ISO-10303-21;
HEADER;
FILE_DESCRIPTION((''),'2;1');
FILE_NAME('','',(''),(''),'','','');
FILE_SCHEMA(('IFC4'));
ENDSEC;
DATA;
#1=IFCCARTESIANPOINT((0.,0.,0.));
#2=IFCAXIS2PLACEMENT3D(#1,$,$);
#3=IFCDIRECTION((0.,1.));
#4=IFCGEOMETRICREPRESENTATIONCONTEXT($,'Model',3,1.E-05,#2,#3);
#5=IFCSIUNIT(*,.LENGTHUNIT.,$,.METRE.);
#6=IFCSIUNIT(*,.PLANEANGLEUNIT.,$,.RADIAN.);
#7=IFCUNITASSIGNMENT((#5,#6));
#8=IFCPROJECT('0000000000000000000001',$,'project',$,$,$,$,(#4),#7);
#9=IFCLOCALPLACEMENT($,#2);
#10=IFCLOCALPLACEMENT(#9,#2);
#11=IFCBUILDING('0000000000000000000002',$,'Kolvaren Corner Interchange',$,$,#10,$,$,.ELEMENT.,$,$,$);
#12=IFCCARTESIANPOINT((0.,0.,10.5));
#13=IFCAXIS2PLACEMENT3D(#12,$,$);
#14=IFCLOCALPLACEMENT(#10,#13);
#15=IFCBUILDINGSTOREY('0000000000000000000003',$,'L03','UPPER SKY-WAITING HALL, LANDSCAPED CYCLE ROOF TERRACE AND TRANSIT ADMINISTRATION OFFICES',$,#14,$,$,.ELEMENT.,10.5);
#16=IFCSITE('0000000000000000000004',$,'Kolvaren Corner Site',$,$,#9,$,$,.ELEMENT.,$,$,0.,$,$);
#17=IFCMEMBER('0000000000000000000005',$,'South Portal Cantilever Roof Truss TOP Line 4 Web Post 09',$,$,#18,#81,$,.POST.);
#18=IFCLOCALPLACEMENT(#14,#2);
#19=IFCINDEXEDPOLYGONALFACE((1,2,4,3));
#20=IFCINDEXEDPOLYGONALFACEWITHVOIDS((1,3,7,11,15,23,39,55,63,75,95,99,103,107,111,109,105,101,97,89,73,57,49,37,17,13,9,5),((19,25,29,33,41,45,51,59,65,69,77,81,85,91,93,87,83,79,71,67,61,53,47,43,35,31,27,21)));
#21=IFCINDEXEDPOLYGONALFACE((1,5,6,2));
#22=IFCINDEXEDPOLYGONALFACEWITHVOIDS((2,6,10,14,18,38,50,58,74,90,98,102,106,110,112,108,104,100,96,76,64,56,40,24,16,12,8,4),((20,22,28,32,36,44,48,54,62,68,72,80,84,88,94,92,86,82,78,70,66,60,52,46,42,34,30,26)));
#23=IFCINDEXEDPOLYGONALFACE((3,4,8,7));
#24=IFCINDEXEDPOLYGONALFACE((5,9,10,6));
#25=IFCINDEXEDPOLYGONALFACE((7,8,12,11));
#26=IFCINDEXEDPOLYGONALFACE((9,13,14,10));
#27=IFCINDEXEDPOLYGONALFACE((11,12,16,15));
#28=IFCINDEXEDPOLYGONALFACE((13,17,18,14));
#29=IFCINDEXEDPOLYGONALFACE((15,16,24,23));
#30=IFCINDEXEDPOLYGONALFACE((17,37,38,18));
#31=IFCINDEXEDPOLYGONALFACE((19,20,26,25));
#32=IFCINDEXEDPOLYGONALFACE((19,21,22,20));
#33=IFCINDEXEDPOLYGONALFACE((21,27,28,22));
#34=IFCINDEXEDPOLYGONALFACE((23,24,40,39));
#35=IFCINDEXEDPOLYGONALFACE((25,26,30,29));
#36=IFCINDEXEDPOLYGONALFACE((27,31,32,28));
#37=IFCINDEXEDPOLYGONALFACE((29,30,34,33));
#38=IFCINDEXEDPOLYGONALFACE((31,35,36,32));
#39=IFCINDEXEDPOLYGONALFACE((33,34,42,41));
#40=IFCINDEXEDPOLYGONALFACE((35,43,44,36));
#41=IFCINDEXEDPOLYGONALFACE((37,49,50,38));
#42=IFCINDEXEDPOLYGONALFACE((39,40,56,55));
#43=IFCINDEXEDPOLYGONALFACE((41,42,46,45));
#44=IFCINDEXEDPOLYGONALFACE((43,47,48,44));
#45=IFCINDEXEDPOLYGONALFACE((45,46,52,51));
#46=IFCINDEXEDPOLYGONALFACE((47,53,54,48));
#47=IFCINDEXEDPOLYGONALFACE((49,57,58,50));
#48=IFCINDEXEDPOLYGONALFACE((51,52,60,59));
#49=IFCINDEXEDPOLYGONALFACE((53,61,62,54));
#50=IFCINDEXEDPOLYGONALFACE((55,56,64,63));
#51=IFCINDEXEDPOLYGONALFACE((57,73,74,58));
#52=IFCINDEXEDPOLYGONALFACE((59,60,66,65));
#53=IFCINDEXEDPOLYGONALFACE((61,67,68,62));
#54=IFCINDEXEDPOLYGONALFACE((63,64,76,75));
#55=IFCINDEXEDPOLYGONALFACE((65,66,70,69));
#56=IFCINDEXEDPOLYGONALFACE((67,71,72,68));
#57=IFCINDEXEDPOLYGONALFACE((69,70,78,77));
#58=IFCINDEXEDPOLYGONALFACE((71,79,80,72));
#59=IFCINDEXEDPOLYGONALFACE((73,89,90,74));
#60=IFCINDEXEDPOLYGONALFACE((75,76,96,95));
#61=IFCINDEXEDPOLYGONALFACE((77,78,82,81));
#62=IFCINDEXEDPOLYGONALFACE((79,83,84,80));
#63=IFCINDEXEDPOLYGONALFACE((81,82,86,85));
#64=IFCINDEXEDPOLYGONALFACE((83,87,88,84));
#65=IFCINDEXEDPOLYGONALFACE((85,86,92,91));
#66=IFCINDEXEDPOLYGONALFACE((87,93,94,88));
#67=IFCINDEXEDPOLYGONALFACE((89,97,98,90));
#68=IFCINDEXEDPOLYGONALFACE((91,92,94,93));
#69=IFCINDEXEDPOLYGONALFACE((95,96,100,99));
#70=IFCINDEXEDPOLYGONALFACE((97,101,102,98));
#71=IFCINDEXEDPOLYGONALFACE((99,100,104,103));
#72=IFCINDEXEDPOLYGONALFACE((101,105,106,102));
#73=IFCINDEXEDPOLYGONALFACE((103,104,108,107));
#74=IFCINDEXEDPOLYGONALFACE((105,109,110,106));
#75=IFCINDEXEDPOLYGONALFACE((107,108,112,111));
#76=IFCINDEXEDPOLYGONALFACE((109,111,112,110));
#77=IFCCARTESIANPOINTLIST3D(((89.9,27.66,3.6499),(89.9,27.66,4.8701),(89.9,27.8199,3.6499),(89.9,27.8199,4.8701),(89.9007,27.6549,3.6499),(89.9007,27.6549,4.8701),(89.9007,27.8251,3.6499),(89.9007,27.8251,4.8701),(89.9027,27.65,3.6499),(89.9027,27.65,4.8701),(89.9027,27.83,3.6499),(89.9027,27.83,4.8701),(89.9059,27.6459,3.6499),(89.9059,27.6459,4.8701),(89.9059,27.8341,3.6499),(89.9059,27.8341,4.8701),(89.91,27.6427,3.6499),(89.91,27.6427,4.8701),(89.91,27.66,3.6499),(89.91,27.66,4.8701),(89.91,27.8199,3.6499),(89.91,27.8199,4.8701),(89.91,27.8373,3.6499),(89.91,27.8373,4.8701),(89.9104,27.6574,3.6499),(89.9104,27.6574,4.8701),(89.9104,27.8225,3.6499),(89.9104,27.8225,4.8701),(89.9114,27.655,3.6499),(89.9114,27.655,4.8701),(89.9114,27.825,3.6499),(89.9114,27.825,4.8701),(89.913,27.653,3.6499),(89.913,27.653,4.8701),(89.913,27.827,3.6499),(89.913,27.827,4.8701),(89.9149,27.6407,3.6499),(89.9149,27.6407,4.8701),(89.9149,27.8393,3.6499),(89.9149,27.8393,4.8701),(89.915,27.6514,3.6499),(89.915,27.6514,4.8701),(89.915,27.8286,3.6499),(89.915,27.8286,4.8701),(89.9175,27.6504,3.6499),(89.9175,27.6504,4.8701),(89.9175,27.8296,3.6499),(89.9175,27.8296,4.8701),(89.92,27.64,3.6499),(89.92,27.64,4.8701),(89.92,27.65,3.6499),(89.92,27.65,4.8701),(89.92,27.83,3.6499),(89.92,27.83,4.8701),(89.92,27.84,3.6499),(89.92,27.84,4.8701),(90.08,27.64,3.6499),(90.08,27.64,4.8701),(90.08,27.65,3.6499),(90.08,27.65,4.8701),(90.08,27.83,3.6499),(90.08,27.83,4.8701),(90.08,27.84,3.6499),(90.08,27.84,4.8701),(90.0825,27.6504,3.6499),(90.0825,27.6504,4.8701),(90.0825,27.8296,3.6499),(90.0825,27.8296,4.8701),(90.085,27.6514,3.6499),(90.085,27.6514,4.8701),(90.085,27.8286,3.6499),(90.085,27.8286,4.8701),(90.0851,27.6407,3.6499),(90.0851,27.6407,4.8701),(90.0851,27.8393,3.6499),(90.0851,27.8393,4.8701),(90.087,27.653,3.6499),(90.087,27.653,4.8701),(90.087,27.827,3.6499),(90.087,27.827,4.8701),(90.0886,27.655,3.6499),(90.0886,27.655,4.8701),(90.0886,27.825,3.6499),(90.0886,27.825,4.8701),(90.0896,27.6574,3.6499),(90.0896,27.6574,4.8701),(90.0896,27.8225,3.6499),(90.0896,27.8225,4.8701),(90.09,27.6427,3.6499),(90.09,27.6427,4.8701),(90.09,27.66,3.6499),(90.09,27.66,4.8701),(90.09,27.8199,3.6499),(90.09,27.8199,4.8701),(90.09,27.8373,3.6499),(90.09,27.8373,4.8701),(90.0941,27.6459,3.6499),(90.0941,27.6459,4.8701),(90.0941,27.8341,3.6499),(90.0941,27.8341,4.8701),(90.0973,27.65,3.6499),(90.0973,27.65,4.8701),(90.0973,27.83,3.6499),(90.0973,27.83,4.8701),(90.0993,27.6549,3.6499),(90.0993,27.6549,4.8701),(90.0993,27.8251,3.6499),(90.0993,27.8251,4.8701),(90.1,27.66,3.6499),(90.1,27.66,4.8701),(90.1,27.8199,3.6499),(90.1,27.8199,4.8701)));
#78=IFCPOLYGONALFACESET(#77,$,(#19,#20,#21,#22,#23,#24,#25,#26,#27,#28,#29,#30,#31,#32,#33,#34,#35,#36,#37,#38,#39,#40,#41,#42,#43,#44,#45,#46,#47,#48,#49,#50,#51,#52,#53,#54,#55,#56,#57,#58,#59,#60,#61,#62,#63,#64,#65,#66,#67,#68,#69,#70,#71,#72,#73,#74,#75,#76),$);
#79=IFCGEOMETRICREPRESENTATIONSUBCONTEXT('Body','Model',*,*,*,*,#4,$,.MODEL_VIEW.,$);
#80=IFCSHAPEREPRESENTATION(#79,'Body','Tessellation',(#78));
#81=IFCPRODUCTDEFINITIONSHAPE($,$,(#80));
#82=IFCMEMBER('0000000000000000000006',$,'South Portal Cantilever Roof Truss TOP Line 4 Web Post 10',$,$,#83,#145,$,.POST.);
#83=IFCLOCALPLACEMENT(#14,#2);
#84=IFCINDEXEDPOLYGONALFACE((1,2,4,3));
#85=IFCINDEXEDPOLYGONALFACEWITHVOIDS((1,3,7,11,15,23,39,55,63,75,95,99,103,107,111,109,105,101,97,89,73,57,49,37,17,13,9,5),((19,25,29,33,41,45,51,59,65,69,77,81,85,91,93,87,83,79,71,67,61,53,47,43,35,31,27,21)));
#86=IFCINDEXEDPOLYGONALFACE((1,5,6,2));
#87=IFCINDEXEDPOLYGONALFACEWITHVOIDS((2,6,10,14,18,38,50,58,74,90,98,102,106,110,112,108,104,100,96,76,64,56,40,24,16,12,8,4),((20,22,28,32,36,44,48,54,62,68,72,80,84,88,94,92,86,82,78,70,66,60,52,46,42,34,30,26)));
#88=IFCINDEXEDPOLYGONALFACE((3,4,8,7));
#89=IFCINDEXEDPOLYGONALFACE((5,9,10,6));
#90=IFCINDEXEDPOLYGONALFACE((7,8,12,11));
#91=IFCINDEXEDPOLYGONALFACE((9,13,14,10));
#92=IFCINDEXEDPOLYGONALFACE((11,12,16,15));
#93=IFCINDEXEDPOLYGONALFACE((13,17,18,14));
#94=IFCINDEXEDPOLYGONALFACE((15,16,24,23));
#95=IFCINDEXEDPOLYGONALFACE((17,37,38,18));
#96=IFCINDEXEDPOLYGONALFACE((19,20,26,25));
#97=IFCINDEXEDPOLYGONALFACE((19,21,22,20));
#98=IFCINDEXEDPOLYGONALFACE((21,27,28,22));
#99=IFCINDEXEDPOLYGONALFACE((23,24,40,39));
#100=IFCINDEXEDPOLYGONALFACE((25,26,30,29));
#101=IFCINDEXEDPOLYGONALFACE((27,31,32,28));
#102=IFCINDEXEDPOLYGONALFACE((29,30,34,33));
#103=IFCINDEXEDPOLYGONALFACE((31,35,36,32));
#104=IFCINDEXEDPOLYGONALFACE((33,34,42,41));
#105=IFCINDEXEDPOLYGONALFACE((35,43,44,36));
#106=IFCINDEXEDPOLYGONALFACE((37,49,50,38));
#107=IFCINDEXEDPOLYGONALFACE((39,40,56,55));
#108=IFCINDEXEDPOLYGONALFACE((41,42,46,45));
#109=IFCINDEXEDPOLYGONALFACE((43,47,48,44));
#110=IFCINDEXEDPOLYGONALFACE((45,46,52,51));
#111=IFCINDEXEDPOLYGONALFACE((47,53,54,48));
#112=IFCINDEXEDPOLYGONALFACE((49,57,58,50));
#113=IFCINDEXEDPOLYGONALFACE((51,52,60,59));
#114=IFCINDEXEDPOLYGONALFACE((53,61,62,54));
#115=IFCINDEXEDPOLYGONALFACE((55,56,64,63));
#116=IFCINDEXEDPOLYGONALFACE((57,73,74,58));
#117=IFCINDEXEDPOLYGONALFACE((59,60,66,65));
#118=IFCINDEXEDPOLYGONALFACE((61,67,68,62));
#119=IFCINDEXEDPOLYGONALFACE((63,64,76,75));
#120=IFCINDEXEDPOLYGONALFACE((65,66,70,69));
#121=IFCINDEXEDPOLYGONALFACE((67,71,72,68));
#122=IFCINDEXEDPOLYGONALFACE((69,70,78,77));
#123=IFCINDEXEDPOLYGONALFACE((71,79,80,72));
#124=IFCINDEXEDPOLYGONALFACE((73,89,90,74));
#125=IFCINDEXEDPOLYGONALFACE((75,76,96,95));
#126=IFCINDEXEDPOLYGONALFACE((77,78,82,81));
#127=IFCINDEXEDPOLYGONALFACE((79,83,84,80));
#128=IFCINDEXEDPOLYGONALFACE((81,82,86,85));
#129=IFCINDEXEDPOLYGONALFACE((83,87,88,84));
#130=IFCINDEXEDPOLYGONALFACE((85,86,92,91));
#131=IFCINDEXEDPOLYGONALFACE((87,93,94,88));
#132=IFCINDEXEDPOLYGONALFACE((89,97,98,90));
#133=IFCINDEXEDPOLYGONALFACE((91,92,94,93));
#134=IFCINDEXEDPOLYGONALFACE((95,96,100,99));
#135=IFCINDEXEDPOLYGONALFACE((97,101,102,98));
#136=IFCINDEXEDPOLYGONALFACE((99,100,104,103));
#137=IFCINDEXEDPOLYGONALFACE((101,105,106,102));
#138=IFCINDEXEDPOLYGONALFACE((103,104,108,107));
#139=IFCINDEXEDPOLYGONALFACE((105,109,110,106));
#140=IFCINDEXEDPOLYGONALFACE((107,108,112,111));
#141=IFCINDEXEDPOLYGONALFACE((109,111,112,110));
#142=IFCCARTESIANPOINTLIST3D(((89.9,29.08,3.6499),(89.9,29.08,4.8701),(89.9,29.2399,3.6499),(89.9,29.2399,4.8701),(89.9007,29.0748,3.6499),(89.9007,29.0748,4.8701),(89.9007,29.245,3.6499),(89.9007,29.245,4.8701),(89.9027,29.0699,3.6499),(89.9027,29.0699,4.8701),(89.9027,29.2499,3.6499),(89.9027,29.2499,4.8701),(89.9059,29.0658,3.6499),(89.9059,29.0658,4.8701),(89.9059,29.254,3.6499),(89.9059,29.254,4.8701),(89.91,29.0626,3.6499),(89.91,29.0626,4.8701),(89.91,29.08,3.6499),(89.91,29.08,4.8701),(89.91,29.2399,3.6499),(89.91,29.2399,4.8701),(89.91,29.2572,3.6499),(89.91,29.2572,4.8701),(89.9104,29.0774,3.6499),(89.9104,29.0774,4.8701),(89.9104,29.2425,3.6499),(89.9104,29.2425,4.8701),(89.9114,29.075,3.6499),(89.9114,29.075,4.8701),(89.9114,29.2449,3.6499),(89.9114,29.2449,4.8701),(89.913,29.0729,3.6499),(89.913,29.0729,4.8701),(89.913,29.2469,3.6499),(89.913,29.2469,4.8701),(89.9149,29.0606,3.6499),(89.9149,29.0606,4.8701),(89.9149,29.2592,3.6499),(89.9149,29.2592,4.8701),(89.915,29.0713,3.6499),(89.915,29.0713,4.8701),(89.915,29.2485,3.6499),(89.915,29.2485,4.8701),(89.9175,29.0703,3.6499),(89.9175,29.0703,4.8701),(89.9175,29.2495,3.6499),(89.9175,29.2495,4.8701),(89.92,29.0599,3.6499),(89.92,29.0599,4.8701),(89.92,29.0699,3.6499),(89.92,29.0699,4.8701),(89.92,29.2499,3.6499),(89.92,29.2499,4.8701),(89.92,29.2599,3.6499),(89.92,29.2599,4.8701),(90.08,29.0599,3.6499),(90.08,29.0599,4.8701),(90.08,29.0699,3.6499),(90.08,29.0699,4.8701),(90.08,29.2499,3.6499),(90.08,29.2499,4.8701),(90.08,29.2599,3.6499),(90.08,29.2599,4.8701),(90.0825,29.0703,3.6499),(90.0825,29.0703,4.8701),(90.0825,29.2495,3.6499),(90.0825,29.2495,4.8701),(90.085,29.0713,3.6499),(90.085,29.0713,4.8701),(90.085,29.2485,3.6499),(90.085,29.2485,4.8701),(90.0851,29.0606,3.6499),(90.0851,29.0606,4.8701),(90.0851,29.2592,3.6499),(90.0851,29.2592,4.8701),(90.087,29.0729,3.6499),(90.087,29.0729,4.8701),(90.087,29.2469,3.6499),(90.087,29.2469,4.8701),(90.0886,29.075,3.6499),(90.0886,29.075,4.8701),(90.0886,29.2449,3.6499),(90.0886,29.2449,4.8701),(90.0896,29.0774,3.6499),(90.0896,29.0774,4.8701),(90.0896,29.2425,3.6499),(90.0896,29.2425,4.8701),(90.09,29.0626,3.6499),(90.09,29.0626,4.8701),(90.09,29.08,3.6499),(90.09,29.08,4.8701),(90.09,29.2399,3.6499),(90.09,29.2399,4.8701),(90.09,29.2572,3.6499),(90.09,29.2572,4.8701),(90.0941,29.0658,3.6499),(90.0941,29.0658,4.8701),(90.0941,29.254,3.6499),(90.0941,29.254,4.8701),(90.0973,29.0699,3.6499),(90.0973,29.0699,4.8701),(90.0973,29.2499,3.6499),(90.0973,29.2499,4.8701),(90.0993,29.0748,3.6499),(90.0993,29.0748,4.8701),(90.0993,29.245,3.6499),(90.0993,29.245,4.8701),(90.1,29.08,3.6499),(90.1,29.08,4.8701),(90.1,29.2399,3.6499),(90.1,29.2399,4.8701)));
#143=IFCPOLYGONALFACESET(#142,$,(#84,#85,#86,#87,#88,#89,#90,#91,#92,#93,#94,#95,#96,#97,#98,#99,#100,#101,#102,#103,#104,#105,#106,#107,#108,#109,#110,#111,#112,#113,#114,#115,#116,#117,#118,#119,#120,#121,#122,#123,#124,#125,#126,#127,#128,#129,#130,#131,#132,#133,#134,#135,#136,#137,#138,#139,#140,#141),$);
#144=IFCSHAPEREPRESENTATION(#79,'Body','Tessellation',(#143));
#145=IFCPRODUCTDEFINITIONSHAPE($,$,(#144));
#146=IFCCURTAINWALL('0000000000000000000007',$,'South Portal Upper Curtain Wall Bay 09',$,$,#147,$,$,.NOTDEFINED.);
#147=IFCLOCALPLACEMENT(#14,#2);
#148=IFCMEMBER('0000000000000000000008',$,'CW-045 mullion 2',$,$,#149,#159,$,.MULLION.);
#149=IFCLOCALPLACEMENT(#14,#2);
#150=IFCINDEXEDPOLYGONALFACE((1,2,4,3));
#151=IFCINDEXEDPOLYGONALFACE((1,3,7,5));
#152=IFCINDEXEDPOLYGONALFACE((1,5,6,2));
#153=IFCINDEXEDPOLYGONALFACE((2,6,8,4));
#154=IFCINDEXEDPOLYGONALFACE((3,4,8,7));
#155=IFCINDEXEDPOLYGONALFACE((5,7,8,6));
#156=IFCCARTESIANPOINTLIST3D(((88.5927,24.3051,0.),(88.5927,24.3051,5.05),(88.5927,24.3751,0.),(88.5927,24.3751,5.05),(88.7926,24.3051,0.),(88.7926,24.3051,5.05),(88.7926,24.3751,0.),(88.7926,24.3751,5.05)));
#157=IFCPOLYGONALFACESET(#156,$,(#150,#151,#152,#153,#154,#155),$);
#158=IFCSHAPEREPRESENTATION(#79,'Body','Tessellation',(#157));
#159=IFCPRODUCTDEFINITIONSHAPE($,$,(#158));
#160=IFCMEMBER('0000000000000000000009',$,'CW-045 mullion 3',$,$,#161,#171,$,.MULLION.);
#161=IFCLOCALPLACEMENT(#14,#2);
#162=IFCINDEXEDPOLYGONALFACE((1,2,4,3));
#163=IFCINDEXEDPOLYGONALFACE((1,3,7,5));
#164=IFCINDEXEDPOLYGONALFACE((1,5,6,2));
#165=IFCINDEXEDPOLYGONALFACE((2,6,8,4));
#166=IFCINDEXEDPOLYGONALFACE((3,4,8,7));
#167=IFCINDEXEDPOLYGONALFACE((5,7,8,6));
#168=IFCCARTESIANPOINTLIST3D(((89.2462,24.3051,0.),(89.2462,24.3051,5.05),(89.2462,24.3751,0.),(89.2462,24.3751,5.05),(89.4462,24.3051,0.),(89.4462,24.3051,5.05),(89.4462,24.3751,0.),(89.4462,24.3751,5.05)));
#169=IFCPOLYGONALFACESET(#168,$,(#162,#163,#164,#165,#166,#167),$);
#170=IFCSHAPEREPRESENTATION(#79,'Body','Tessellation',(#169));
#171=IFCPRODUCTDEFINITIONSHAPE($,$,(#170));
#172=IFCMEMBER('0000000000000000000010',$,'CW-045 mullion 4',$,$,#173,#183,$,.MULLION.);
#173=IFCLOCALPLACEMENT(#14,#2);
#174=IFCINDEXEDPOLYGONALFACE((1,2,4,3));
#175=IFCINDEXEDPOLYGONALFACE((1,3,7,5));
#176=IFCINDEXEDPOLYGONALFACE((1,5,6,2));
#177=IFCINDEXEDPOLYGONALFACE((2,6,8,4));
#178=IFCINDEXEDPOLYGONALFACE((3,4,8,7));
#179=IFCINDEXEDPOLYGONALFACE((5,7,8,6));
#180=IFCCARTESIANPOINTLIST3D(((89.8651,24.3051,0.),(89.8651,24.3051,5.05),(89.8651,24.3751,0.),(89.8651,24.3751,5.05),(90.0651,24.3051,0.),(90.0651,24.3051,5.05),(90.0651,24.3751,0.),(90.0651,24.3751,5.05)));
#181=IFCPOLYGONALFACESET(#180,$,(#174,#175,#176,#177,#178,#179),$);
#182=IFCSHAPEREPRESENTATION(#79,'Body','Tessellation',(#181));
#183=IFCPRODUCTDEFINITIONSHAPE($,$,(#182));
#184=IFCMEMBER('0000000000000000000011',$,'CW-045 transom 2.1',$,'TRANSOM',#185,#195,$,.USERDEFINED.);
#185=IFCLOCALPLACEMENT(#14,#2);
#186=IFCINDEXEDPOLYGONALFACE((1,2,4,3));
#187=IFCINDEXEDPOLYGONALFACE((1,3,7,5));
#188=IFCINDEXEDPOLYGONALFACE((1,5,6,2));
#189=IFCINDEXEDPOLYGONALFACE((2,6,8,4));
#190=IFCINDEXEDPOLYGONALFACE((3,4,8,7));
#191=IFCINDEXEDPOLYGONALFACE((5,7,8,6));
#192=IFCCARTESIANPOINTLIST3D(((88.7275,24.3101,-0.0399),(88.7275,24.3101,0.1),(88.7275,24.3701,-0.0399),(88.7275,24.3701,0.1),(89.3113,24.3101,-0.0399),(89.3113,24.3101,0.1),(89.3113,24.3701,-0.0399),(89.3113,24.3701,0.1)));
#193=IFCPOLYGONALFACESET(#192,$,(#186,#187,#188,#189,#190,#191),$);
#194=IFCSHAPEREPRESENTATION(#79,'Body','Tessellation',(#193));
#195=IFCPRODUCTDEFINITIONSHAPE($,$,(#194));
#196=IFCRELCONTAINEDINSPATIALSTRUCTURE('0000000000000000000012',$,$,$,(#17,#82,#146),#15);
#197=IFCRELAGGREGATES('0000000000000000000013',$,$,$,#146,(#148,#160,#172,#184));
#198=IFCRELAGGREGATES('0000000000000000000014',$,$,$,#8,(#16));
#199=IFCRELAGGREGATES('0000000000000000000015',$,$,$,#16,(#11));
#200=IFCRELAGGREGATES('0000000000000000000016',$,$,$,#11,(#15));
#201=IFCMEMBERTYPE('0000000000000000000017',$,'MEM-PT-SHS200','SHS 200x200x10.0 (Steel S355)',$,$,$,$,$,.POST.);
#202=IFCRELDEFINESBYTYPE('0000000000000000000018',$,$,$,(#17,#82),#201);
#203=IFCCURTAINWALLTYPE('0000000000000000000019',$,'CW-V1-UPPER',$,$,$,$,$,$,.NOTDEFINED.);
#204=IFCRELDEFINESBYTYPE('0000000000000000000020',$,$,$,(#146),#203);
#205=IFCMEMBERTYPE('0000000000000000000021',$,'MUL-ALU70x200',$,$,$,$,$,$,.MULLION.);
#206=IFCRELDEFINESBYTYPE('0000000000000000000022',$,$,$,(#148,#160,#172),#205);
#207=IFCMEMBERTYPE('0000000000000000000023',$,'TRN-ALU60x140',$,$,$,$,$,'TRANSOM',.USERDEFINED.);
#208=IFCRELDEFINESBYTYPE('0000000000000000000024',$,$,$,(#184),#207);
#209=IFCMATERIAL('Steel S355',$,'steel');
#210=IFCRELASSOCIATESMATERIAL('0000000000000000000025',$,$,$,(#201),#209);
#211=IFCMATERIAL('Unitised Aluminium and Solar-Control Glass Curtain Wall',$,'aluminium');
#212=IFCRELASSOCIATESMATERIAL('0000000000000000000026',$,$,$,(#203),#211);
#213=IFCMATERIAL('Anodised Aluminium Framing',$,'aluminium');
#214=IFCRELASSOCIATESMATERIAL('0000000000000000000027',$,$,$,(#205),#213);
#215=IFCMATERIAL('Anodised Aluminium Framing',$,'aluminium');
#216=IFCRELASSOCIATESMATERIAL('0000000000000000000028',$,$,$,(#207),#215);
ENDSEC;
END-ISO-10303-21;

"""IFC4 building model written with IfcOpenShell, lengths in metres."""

from ifc_helpers import new_model, si_unit, direction, frame, origin, origin_2d, place, context, subcontext, project, spatial, rectangle, hollow_rectangle, extrude, material, material_profile, profile_set, type_object, element, aggregate, save


model = new_model("IFC4")

# Units and contexts
model_context = context("Model", 3, precision=1e-05, world=origin(), true_north=direction((0.0, 1.0)))
body_context = subcontext(model_context, "Body", "Model", "MODEL_VIEW")
ifc_project = project(units=[si_unit("LENGTHUNIT", "METRE"), si_unit("PLANEANGLEUNIT", "RADIAN")], contexts=[model_context])

# Site, building, storey
site_placement = place(None, origin())
site = spatial("IfcSite", under=ifc_project, at=site_placement, Name="Kolvaren Corner Site", CompositionType="ELEMENT", RefElevation=0.0)
building_placement = place(site_placement, origin())
building = spatial("IfcBuilding", under=site, at=building_placement, Name="Kolvaren Corner Interchange", CompositionType="ELEMENT")
storey_placement = place(building_placement, frame((0.0, 0.0, 10.5)))
storey = spatial("IfcBuildingStorey", under=building, at=storey_placement, Name="L03", Description="UPPER SKY-WAITING HALL, LANDSCAPED CYCLE ROOF TERRACE AND TRANSIT ADMINISTRATION OFFICES", CompositionType="ELEMENT", Elevation=10.5)

# Members
ifc_material_1 = material(Name="Steel S355", Category="steel")
ifc_material_profile_1 = material_profile(ifc_material_1, hollow_rectangle(XDim=0.2, YDim=0.2, WallThickness=0.01, InnerFilletRadius=0.01, OuterFilletRadius=0.02, at=origin_2d()), Name="SHS 200x200x10.0")
ifc_profile_set_1 = profile_set([ifc_material_profile_1], Name="Steel S355")
member_type_1 = type_object("IfcMemberType", Name="MEM-PT-SHS200", Description="SHS 200x200x10.0 (Steel S355)", PredefinedType="POST", material=ifc_profile_set_1)
for number, where, z_axis, x_axis, name in (
    (1, (90.0, 27.74, 3.6499), (0.0, 0.0, 1.0), (1.0, 0.0, 0.0), "South Portal Cantilever Roof Truss TOP Line 4 Web Post 09"),
    (2, (90.0, 29.1599, 3.6499), (0.0, 0.0, 1.0), (1.0, 0.0, 0.0), "South Portal Cantilever Roof Truss TOP Line 4 Web Post 10"),
):
    element("IfcMember", number, at=place(storey_placement, frame(where, z_axis=z_axis, x_axis=x_axis)), inside=storey, type_object=member_type_1, Name=name, PredefinedType="POST", context=body_context, shape_type="SweptSolid", body=[
        extrude(hollow_rectangle(XDim=0.2, YDim=0.2, WallThickness=0.01, InnerFilletRadius=0.01, OuterFilletRadius=0.02, at=origin_2d()), origin(), (0.0, 0.0, 1.0), 1.2202),
    ])

# Curtain wall, members
ifc_material_2 = material(Name="Unitised Aluminium and Solar-Control Glass Curtain Wall", Category="aluminium")
curtain_wall_type = type_object("IfcCurtainWallType", Name="CW-V1-UPPER", PredefinedType="NOTDEFINED", material=ifc_material_2)
curtain_wall_placement = place(storey_placement, origin())
curtain_wall = element("IfcCurtainWall", 3, at=curtain_wall_placement, inside=storey, type_object=curtain_wall_type, Name="South Portal Upper Curtain Wall Bay 09", PredefinedType="NOTDEFINED")
ifc_material_3 = material(Name="Anodised Aluminium Framing", Category="aluminium")
ifc_material_profile_2 = material_profile(ifc_material_3, rectangle(XDim=0.0701, YDim=0.2, at=origin_2d()), Name="ALU 70x200")
ifc_profile_set_2 = profile_set([ifc_material_profile_2], Name="Anodised Aluminium Framing")
member_type_2 = type_object("IfcMemberType", Name="MUL-ALU70x200", PredefinedType="MULLION", material=ifc_profile_set_2)
member_1_placement = place(storey_placement, frame((88.6926, 24.3401, 0.0), z_axis=(0.0, 0.0, 1.0), x_axis=(0.0, 1.0, 0.0)))
member_1 = element("IfcMember", 4, at=member_1_placement, type_object=member_type_2, Name="CW-045 mullion 2", PredefinedType="MULLION", context=body_context, shape_type="SweptSolid", body=[
    extrude(rectangle(XDim=0.0701, YDim=0.2, at=origin_2d()), origin(), (0.0, 0.0, 1.0), 5.05),
])
member_2_placement = place(storey_placement, frame((89.3462, 24.3401, 0.0), z_axis=(0.0, 0.0, 1.0), x_axis=(0.0, 1.0, 0.0)))
member_2 = element("IfcMember", 5, at=member_2_placement, type_object=member_type_2, Name="CW-045 mullion 3", PredefinedType="MULLION", context=body_context, shape_type="SweptSolid", body=[
    extrude(rectangle(XDim=0.0701, YDim=0.2, at=origin_2d()), origin(), (0.0, 0.0, 1.0), 5.05),
])
member_3_placement = place(storey_placement, frame((89.9651, 24.3401, 0.0), z_axis=(0.0, 0.0, 1.0), x_axis=(0.0, 1.0, 0.0)))
member_3 = element("IfcMember", 6, at=member_3_placement, type_object=member_type_2, Name="CW-045 mullion 4", PredefinedType="MULLION", context=body_context, shape_type="SweptSolid", body=[
    extrude(rectangle(XDim=0.0701, YDim=0.2, at=origin_2d()), origin(), (0.0, 0.0, 1.0), 5.05),
])
ifc_material_4 = material(Name="Anodised Aluminium Framing", Category="aluminium")
ifc_material_profile_3 = material_profile(ifc_material_4, rectangle(XDim=0.0601, YDim=0.1399, at=origin_2d()), Name="ALU 60x140")
ifc_profile_set_3 = profile_set([ifc_material_profile_3], Name="Anodised Aluminium Framing")
member_type_3 = type_object("IfcMemberType", Name="TRN-ALU60x140", ElementType="TRANSOM", PredefinedType="USERDEFINED", material=ifc_profile_set_3)
member_4_placement = place(storey_placement, frame((88.7275, 24.3401, 0.03), z_axis=(1.0, 0.0, 0.0), x_axis=(0.0, 1.0, 0.0)))
member_4 = element("IfcMember", 7, at=member_4_placement, type_object=member_type_3, Name="CW-045 transom 2.1", ObjectType="TRANSOM", PredefinedType="USERDEFINED", context=body_context, shape_type="SweptSolid", body=[
    extrude(rectangle(XDim=0.0601, YDim=0.1399, at=origin_2d()), origin(), (0.0, 0.0, 1.0), 0.5837),
])
aggregate(curtain_wall, [member_1, member_2, member_3, member_4])

save(model, "model.ifc")
